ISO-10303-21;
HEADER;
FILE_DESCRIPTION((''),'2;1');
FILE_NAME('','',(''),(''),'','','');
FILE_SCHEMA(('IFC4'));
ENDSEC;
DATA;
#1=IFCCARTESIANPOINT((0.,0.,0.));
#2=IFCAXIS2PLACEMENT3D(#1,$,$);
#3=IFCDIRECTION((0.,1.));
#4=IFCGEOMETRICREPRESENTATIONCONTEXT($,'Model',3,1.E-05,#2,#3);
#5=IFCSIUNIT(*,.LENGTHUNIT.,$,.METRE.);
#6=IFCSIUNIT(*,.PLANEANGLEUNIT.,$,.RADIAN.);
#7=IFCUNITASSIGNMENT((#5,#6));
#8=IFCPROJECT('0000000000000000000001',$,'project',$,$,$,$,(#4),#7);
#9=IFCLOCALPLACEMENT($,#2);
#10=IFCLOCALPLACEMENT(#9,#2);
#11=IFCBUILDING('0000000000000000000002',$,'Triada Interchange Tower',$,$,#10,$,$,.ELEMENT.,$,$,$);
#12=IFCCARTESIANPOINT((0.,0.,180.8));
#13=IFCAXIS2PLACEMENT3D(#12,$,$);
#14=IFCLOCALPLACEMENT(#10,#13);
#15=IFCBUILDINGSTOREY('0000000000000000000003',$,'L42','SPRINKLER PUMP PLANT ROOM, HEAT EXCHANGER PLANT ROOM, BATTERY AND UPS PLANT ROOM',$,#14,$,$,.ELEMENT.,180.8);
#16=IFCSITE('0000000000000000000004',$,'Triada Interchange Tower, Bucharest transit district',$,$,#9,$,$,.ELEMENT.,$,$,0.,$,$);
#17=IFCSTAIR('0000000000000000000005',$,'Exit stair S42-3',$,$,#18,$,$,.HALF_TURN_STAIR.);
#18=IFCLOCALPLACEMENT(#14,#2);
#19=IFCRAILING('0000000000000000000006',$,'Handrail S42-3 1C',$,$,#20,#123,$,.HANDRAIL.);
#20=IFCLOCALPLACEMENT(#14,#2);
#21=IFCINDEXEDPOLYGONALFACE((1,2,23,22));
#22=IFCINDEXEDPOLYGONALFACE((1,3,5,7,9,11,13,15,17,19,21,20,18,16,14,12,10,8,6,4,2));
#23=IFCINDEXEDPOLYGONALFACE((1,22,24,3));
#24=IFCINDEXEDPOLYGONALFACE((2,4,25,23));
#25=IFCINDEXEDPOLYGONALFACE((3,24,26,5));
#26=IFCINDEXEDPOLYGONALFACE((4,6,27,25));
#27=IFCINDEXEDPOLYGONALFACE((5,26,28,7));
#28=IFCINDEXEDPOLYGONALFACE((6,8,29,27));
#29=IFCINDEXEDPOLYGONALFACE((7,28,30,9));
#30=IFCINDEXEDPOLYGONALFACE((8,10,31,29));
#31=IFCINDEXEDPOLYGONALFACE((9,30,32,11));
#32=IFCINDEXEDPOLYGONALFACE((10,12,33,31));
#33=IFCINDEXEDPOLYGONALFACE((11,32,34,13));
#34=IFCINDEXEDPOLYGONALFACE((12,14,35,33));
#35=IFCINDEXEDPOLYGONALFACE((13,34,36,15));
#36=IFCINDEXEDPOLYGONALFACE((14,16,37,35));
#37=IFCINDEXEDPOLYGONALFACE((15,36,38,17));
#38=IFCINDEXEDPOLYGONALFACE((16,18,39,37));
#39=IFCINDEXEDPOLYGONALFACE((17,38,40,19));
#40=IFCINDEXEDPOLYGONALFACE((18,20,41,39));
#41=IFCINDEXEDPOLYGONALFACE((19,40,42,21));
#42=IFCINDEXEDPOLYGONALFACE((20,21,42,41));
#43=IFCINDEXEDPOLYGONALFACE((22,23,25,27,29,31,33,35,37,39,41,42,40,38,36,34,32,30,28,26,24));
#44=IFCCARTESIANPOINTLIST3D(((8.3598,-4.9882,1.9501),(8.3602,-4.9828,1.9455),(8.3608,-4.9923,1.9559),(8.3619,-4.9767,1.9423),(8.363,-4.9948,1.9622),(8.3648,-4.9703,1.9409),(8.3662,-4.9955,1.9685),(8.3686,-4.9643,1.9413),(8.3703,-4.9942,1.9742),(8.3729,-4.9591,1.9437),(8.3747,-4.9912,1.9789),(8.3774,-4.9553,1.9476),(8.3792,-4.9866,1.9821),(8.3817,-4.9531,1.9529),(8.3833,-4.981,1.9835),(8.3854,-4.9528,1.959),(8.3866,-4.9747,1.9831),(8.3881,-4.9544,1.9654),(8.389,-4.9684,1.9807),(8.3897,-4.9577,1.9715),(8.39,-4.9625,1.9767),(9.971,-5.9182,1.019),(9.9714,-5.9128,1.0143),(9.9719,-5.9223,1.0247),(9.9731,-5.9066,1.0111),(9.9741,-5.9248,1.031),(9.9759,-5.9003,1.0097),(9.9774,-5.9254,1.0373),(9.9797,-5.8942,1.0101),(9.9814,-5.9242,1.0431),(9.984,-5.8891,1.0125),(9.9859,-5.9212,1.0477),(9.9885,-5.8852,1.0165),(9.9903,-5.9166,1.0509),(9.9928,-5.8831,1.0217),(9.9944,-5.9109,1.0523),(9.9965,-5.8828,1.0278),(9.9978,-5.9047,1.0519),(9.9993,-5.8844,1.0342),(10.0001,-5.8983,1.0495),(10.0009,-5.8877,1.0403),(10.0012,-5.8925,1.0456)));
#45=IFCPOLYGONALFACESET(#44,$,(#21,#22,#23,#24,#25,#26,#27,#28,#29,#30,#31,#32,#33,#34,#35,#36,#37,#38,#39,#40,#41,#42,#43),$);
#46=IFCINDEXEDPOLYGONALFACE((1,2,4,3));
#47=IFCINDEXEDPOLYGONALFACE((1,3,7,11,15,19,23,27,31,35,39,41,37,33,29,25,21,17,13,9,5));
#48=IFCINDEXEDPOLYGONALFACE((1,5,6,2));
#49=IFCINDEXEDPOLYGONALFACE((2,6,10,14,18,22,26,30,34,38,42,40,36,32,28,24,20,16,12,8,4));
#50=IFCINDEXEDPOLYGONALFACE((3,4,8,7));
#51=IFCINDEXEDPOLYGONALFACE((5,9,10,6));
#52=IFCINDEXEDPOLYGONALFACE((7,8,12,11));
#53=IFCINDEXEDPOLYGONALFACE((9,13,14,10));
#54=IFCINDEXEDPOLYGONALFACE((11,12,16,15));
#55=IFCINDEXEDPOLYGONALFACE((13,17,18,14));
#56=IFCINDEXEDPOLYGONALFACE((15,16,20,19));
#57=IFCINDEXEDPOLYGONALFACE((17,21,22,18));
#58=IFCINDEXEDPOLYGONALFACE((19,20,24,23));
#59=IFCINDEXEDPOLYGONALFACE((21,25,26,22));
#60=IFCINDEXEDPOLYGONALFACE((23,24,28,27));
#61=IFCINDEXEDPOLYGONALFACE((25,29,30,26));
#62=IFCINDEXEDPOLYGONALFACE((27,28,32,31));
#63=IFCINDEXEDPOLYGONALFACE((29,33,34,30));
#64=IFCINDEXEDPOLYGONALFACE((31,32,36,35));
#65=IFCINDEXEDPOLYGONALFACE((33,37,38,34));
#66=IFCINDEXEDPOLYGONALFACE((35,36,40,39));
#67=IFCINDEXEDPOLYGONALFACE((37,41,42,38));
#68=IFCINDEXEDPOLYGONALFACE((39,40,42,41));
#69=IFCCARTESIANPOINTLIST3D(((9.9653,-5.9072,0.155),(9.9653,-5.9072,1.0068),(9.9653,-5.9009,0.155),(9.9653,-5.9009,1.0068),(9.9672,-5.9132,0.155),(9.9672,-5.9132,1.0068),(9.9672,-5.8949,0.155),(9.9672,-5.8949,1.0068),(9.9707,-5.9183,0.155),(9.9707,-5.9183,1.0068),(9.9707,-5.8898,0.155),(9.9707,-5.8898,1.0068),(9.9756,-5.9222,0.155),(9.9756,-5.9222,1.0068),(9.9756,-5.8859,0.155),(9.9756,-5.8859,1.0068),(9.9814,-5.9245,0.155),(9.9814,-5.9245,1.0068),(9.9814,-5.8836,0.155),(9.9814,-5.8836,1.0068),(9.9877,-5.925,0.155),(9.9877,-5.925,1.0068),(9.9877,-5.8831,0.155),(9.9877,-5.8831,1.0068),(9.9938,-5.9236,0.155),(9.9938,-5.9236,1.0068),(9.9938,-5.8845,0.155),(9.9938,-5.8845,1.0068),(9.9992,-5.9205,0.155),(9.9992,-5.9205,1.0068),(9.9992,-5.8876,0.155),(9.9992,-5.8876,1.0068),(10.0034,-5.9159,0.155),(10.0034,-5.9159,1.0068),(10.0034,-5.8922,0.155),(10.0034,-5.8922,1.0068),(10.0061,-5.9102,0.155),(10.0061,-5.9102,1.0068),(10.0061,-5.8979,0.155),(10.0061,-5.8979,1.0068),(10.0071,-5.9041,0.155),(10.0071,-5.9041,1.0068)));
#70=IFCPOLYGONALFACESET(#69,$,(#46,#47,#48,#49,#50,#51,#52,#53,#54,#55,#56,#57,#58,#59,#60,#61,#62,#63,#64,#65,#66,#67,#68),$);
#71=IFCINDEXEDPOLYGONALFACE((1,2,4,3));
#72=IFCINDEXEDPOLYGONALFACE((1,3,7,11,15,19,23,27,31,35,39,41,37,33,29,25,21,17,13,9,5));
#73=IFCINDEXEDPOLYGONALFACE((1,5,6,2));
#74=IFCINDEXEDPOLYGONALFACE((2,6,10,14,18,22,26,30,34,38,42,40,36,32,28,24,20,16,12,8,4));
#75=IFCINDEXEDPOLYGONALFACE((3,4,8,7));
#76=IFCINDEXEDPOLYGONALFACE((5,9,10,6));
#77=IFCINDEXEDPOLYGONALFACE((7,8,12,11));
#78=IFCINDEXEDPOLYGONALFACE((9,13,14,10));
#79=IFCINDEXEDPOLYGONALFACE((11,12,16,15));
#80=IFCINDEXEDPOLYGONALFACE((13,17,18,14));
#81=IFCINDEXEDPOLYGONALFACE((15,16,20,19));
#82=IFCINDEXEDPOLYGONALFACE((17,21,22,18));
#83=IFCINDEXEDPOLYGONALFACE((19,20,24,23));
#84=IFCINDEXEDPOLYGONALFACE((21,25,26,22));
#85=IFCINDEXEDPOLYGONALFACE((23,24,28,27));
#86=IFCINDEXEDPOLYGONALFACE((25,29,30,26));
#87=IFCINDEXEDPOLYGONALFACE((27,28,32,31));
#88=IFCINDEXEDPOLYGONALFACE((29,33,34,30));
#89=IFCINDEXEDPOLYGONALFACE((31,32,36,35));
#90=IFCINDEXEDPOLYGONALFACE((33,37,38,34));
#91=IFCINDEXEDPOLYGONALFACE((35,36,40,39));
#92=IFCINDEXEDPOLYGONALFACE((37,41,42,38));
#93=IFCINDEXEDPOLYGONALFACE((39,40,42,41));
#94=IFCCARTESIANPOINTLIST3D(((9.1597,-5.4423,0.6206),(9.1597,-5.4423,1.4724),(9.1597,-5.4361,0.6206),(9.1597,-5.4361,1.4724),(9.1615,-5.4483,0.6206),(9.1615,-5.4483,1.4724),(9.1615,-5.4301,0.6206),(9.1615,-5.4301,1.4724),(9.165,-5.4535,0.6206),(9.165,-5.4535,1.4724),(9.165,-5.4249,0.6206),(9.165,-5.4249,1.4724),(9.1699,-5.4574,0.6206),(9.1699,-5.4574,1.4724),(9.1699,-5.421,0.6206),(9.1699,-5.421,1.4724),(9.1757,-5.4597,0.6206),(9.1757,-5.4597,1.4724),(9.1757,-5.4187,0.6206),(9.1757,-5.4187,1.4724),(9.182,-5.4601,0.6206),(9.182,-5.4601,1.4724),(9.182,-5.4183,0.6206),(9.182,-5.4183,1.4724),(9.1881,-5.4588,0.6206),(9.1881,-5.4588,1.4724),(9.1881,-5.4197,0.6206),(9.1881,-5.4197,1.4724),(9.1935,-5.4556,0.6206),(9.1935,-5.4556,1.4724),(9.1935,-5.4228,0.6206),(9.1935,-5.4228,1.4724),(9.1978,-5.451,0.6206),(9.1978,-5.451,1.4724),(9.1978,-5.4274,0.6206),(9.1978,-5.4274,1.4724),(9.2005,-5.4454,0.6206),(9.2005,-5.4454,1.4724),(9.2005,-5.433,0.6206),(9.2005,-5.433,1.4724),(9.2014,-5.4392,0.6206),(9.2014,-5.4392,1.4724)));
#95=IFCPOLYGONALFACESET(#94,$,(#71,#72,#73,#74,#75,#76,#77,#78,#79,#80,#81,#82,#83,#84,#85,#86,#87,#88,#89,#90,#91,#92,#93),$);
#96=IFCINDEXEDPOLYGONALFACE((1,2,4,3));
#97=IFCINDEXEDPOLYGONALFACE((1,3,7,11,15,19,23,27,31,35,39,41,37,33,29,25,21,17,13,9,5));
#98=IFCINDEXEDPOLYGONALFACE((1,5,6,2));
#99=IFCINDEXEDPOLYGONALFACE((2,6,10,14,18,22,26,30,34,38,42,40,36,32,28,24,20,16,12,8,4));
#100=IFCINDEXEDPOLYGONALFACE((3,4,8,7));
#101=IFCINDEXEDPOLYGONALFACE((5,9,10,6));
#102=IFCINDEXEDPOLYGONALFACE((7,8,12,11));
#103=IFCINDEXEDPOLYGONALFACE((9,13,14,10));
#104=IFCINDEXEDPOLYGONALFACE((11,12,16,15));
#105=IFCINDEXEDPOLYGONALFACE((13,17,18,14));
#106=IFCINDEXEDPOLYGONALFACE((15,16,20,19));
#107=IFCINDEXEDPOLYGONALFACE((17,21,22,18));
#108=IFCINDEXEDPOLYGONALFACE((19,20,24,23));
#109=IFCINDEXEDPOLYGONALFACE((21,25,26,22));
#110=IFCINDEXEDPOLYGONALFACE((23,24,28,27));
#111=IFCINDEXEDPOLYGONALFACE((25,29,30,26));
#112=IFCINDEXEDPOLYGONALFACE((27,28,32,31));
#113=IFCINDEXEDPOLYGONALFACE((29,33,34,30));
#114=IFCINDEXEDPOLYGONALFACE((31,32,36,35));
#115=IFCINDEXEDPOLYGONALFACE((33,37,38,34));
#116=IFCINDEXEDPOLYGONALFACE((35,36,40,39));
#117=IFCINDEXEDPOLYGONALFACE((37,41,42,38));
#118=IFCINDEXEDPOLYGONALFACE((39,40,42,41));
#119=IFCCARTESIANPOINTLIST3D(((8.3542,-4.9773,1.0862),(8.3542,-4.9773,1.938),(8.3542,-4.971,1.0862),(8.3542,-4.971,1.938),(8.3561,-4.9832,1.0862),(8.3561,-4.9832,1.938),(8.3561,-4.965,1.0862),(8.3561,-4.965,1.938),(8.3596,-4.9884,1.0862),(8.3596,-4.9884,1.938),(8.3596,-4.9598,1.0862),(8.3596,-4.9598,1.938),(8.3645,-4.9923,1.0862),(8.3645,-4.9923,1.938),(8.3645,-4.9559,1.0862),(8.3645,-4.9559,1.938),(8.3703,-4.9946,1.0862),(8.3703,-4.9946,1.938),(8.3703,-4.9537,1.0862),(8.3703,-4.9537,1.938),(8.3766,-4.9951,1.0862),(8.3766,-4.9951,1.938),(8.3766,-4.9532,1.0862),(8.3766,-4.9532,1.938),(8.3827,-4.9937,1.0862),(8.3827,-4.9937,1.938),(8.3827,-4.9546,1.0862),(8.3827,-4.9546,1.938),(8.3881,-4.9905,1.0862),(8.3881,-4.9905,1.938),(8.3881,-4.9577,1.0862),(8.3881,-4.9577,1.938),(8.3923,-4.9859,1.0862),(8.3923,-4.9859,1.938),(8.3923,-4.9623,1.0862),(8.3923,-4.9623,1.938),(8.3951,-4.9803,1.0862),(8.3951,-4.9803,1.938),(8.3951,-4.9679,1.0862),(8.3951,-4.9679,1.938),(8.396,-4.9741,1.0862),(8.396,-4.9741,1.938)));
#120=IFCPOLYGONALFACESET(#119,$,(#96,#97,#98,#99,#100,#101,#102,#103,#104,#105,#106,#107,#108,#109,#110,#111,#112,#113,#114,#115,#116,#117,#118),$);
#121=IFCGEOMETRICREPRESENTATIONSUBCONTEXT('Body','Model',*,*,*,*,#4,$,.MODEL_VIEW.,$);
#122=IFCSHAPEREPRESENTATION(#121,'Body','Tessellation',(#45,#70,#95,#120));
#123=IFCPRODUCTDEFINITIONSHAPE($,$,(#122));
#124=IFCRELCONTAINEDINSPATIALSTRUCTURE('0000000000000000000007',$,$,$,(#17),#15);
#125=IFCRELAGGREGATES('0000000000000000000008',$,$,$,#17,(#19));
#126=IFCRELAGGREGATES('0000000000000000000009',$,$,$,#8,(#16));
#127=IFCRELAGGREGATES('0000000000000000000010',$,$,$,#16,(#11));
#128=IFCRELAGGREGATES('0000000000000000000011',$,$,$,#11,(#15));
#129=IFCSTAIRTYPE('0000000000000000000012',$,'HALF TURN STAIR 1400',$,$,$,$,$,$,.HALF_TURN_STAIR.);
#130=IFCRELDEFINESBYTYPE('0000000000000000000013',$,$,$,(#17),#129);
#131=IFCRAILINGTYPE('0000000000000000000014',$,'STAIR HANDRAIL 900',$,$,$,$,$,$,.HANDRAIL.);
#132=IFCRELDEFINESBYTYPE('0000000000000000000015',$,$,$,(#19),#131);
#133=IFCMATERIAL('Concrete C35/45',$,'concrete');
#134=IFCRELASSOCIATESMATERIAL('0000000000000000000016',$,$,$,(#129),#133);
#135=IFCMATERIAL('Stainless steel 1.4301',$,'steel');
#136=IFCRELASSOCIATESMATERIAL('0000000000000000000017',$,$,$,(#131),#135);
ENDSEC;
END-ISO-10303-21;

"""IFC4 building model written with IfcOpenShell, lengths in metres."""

from ifc_helpers import new_model, si_unit, direction, frame, origin, origin_2d, place, context, subcontext, project, spatial, circle, extrude, material, type_object, element, aggregate, save


model = new_model("IFC4")

# Units and contexts
model_context = context("Model", 3, precision=1e-05, world=origin(), true_north=direction((0.0, 1.0)))
body_context = subcontext(model_context, "Body", "Model", "MODEL_VIEW")
ifc_project = project(units=[si_unit("LENGTHUNIT", "METRE"), si_unit("PLANEANGLEUNIT", "RADIAN")], contexts=[model_context])

# Site, building, storey
site_placement = place(None, origin())
site = spatial("IfcSite", under=ifc_project, at=site_placement, Name="Triada Interchange Tower, Bucharest transit district", CompositionType="ELEMENT", RefElevation=0.0)
building_placement = place(site_placement, origin())
building = spatial("IfcBuilding", under=site, at=building_placement, Name="Triada Interchange Tower", CompositionType="ELEMENT")
storey_placement = place(building_placement, frame((0.0, 0.0, 180.8)))
storey = spatial("IfcBuildingStorey", under=building, at=storey_placement, Name="L42", Description="SPRINKLER PUMP PLANT ROOM, HEAT EXCHANGER PLANT ROOM, BATTERY AND UPS PLANT ROOM", CompositionType="ELEMENT", Elevation=180.8)

# Shared definitions
ifc_material_1 = material(Name="Concrete C35/45", Category="concrete")

# Stair, railing
stair_type = type_object("IfcStairType", Name="HALF TURN STAIR 1400", PredefinedType="HALF_TURN_STAIR", material=ifc_material_1)
stair_placement = place(storey_placement, origin())
stair = element("IfcStair", 1, at=stair_placement, inside=storey, type_object=stair_type, Name="Exit stair S42-3", PredefinedType="HALF_TURN_STAIR")
ifc_material_2 = material(Name="Stainless steel 1.4301", Category="steel")
railing_type_1 = type_object("IfcRailingType", Name="STAIR HANDRAIL 900", PredefinedType="HANDRAIL", material=ifc_material_2)
railing_1_placement = place(storey_placement, frame((9.9861, -5.9041, 0.155)))
railing_1 = element("IfcRailing", 2, at=railing_1_placement, type_object=railing_type_1, Name="Handrail S42-3 1C", PredefinedType="HANDRAIL", context=body_context, shape_type="SweptSolid", body=[
    extrude(circle(Radius=0.0239, at=origin_2d()), frame((0.0, 0.0, 0.876), z_axis=(-0.774469, 0.44703, 0.447617), x_axis=(-0.499908, -0.866079, 0.0)), (0.0, 0.0, 1.0), 2.0803),
    extrude(circle(Radius=0.021, at=origin_2d()), origin(), (0.0, 0.0, 1.0), 0.8518),
    extrude(circle(Radius=0.021, at=origin_2d()), frame((-0.8057, 0.4648, 0.4656)), (0.0, 0.0, 1.0), 0.8518),
    extrude(circle(Radius=0.021, at=origin_2d()), frame((-1.6111, 0.9299, 0.9312)), (0.0, 0.0, 1.0), 0.8518),
])
aggregate(stair, [railing_1])

save(model, "model.ifc")
